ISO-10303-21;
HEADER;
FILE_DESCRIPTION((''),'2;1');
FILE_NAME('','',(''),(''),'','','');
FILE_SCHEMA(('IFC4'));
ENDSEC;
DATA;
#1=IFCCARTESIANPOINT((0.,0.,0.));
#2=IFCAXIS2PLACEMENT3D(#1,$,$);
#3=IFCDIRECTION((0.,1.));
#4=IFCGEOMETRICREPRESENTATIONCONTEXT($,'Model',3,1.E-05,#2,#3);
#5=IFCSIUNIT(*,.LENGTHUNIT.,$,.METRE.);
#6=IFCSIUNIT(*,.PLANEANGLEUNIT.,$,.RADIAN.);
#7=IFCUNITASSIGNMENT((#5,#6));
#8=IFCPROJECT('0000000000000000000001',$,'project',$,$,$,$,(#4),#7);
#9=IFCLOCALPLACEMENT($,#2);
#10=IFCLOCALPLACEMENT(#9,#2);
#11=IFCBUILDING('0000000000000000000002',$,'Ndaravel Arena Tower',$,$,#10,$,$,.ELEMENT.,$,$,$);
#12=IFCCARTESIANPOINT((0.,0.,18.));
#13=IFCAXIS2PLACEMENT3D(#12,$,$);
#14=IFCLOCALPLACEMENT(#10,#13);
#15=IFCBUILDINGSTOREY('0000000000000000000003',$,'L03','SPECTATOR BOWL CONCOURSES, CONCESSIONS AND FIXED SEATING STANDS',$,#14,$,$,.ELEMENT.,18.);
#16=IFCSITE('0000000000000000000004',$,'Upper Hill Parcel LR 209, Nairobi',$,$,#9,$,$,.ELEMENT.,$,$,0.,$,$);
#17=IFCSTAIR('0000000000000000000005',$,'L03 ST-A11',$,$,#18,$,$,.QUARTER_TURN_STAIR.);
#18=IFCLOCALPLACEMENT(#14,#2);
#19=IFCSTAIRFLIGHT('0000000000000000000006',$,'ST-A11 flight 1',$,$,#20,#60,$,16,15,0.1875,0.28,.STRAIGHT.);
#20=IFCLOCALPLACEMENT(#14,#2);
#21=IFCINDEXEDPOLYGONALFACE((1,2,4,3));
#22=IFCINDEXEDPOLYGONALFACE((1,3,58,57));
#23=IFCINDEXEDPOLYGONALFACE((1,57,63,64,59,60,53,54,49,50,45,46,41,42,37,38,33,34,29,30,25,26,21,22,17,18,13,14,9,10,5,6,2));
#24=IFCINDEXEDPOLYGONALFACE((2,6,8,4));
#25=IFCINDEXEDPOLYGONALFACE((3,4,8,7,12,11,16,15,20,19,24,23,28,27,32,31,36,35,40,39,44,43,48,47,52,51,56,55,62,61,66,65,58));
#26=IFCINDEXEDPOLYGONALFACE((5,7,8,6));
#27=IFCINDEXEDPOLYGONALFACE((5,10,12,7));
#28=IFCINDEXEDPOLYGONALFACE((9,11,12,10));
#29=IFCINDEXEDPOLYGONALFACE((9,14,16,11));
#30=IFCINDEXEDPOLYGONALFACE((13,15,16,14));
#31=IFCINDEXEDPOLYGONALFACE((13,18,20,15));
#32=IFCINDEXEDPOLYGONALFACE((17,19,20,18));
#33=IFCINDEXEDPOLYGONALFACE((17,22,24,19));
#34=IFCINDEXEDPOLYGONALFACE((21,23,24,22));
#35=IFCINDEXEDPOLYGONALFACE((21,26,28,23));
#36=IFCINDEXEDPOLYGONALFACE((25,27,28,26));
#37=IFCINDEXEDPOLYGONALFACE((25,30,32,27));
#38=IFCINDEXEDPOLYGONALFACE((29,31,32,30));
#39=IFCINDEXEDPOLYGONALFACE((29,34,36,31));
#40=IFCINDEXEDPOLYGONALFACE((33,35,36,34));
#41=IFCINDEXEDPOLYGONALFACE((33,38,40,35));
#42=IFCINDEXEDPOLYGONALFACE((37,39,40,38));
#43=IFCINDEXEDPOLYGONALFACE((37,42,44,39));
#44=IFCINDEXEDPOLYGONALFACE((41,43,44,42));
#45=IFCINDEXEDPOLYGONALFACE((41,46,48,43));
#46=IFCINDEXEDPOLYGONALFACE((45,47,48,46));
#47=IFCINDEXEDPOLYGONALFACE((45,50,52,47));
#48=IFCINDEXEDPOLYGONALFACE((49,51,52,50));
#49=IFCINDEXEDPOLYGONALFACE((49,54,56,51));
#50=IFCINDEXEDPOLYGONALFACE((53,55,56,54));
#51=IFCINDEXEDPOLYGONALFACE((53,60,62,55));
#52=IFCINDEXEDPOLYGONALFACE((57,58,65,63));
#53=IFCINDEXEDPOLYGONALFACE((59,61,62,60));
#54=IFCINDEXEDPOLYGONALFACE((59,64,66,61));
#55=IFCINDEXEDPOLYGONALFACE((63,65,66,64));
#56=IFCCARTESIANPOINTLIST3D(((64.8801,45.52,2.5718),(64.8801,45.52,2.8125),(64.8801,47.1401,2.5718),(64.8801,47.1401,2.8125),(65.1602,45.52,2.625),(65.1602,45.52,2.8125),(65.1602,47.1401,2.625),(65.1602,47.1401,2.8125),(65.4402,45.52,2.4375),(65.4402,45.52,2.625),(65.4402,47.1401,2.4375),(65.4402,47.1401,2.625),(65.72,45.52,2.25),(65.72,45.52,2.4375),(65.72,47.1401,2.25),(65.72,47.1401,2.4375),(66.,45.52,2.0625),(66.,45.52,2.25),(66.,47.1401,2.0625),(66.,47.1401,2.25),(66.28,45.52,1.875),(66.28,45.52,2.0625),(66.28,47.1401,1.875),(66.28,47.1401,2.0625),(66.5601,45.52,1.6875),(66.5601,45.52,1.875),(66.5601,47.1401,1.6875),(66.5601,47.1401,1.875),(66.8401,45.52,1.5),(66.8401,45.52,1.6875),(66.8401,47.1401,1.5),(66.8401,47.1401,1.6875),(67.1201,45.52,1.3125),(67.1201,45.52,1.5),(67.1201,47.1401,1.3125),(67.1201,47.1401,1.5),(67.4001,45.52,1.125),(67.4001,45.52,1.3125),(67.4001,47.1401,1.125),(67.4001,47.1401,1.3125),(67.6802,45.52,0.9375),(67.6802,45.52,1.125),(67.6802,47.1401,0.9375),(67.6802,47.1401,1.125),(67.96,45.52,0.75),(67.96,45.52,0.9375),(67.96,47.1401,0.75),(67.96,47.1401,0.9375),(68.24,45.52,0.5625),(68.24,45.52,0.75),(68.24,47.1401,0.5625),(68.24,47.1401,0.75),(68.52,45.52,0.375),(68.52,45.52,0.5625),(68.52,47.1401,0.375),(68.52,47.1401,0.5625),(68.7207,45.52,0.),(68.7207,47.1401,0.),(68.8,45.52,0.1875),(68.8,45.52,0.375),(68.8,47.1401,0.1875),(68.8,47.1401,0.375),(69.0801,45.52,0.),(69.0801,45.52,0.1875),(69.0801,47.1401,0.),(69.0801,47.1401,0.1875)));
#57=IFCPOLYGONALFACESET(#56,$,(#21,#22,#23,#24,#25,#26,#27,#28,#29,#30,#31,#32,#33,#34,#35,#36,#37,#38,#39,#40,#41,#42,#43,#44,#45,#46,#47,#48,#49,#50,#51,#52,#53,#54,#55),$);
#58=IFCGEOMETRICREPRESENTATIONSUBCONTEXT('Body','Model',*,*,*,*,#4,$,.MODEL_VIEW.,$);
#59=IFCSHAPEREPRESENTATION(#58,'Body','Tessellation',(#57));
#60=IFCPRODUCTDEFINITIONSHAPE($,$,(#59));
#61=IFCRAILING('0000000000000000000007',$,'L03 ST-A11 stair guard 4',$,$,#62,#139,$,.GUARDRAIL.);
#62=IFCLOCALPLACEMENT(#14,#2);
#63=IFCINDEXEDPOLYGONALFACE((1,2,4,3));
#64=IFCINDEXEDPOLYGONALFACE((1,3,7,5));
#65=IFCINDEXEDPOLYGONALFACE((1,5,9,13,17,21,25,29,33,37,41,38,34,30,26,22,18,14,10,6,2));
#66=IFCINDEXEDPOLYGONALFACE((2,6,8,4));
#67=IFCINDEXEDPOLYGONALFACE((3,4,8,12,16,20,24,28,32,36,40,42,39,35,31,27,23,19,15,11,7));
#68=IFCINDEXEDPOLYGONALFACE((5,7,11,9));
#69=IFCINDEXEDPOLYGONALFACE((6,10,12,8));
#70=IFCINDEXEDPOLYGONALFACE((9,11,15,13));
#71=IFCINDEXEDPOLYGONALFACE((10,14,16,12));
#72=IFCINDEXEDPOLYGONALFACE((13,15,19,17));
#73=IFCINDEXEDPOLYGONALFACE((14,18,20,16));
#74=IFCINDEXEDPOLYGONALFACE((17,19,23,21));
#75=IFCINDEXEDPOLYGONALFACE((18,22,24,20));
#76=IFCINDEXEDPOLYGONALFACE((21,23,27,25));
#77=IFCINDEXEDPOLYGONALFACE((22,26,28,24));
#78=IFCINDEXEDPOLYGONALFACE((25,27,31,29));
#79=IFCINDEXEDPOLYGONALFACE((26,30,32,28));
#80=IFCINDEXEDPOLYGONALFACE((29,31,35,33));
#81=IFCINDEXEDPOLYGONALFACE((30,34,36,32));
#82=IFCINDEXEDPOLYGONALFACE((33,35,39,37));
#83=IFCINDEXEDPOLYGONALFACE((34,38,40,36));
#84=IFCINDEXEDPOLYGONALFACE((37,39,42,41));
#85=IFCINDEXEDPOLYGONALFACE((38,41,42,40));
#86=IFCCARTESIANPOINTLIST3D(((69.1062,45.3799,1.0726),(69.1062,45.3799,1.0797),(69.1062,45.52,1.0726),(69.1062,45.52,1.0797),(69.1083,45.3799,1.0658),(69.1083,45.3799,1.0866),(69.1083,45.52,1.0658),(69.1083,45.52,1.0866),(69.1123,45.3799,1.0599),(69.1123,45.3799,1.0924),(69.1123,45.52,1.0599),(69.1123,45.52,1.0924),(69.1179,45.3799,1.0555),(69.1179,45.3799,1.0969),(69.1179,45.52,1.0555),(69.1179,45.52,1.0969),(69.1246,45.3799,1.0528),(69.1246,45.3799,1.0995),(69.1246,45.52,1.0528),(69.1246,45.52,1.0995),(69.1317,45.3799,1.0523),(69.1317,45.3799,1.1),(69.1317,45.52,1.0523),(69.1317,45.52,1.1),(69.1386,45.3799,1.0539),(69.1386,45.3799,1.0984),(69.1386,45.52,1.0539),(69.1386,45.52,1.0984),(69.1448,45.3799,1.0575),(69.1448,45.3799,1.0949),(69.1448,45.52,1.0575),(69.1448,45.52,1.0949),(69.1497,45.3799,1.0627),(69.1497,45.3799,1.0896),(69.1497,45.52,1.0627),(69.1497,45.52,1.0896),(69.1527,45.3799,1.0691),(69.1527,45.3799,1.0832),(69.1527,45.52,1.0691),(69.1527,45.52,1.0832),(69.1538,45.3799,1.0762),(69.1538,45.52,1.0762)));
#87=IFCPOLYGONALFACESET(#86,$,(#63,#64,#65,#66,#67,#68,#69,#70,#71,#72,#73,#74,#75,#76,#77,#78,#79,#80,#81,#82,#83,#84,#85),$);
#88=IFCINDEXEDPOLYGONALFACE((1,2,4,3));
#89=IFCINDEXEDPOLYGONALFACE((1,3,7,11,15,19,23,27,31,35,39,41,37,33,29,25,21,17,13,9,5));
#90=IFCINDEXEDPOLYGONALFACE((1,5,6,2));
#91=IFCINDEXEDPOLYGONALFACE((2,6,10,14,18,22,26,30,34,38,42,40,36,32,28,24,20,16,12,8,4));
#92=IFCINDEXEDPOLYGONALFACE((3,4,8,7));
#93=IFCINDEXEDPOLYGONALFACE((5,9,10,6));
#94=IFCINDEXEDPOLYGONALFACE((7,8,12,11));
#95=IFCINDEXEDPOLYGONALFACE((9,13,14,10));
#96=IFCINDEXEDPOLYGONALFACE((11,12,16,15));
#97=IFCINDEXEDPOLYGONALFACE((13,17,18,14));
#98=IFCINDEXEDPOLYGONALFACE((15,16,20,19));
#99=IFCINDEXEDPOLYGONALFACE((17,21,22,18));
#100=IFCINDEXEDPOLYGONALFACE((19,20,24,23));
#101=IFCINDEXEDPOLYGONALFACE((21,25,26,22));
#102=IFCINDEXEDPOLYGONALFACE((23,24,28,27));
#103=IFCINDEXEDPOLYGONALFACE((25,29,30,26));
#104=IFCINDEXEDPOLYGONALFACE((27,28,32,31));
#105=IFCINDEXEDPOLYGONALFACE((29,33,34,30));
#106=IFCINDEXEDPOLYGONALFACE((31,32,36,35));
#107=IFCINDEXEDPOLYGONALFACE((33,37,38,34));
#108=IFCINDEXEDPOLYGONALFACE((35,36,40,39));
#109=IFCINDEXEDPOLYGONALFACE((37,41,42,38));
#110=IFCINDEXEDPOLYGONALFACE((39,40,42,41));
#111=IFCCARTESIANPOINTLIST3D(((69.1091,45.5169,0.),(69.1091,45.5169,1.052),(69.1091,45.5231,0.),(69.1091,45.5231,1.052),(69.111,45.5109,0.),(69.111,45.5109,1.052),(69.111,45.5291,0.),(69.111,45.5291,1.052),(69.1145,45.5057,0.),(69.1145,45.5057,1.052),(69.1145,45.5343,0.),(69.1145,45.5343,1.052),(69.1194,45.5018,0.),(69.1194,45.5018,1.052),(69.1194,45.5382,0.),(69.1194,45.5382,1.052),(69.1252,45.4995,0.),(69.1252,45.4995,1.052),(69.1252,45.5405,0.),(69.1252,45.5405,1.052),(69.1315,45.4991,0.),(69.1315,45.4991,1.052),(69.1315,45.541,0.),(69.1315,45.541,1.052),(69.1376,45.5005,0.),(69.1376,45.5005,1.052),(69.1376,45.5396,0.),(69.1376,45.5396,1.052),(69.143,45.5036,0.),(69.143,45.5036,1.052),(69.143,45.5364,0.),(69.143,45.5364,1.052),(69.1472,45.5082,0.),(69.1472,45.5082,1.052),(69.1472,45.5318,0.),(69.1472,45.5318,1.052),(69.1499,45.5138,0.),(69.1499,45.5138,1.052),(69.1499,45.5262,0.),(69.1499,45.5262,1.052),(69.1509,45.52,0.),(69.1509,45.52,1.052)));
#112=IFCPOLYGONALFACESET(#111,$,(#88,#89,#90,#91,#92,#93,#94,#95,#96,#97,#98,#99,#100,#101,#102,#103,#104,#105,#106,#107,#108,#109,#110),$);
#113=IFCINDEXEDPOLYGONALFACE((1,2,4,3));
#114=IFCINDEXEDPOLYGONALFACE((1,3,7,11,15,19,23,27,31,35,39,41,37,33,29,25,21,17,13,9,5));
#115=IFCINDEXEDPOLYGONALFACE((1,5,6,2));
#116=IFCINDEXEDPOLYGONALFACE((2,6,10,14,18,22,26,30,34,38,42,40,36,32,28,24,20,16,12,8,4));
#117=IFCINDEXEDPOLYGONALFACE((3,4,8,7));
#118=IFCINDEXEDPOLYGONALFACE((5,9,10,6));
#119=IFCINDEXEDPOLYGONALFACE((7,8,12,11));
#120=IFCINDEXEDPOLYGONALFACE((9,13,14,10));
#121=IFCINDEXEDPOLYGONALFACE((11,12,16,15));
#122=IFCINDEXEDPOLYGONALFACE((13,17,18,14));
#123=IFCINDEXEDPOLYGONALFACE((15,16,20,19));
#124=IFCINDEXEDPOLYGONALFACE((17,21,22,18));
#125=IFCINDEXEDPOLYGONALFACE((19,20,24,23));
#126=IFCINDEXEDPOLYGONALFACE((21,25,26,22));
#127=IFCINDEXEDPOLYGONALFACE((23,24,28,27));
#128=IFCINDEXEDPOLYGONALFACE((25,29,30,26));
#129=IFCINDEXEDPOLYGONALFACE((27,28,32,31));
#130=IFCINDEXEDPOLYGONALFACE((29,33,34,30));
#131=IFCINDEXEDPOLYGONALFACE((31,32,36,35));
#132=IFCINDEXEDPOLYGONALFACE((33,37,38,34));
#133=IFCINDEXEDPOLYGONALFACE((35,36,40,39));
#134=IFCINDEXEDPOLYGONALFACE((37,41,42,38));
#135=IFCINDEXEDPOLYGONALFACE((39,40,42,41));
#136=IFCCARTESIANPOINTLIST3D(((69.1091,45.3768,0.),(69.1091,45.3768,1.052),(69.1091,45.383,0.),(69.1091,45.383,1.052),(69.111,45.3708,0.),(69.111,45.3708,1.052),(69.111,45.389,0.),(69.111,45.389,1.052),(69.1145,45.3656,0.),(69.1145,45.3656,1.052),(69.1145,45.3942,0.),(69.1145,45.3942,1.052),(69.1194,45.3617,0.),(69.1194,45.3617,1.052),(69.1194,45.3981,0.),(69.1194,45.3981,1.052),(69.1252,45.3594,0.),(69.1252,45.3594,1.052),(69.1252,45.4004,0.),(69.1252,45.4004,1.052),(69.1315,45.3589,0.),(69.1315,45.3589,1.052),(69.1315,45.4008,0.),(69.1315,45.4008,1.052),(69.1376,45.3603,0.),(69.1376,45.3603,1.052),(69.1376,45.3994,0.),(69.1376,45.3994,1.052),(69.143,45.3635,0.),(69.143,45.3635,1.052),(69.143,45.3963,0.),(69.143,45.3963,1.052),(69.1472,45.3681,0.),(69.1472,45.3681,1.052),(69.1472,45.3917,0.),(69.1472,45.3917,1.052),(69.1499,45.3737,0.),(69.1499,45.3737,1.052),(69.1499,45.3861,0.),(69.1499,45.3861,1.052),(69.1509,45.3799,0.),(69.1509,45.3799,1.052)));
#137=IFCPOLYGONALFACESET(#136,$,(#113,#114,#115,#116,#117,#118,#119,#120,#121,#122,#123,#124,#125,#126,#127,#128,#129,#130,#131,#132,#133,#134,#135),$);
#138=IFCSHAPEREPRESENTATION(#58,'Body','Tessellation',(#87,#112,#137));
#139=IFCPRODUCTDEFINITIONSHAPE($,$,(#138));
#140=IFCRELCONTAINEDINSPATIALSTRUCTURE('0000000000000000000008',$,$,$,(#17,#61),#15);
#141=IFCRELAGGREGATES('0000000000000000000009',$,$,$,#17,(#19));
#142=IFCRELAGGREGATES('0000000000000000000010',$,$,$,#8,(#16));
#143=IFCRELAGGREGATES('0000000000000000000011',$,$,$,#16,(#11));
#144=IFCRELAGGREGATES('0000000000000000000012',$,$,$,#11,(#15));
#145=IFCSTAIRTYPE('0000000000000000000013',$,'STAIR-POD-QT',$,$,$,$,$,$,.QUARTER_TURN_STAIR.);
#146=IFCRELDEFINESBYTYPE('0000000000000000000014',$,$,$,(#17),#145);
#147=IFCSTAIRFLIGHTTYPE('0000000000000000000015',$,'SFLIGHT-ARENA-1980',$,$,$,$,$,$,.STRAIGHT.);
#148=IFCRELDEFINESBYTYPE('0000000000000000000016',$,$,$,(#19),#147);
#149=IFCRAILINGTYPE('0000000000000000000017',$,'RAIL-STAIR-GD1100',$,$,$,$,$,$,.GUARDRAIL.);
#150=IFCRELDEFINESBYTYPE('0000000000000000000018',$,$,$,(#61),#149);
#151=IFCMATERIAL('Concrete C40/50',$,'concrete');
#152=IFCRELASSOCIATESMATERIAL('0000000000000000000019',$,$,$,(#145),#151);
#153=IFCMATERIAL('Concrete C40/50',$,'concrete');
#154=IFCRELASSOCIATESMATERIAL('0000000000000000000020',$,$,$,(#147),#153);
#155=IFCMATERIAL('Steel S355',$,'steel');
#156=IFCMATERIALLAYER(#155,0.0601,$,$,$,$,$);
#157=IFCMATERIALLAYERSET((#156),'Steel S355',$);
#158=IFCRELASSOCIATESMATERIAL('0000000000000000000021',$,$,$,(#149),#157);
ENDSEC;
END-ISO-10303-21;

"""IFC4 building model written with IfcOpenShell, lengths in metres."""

from ifc_helpers import new_model, si_unit, direction, frame, origin, origin_2d, place, context, subcontext, project, spatial, polyline, circle, outline, extrude, material, layer, layer_set, type_object, element, aggregate, save


model = new_model("IFC4")

# Units and contexts
model_context = context("Model", 3, precision=1e-05, world=origin(), true_north=direction((0.0, 1.0)))
body_context = subcontext(model_context, "Body", "Model", "MODEL_VIEW")
ifc_project = project(units=[si_unit("LENGTHUNIT", "METRE"), si_unit("PLANEANGLEUNIT", "RADIAN")], contexts=[model_context])

# Site, building, storey
site_placement = place(None, origin())
site = spatial("IfcSite", under=ifc_project, at=site_placement, Name="Upper Hill Parcel LR 209, Nairobi", CompositionType="ELEMENT", RefElevation=0.0)
building_placement = place(site_placement, origin())
building = spatial("IfcBuilding", under=site, at=building_placement, Name="Ndaravel Arena Tower", CompositionType="ELEMENT")
storey_placement = place(building_placement, frame((0.0, 0.0, 18.0)))
storey = spatial("IfcBuildingStorey", under=building, at=storey_placement, Name="L03", Description="SPECTATOR BOWL CONCOURSES, CONCESSIONS AND FIXED SEATING STANDS", CompositionType="ELEMENT", Elevation=18.0)

# Stair, stair flight
ifc_material_1 = material(Name="Concrete C40/50", Category="concrete")
stair_type = type_object("IfcStairType", Name="STAIR-POD-QT", PredefinedType="QUARTER_TURN_STAIR", material=ifc_material_1)
stair_placement = place(storey_placement, origin())
stair = element("IfcStair", 1, at=stair_placement, inside=storey, type_object=stair_type, Name="L03 ST-A11", PredefinedType="QUARTER_TURN_STAIR")
ifc_material_2 = material(Name="Concrete C40/50", Category="concrete")
stair_flight_type = type_object("IfcStairFlightType", Name="SFLIGHT-ARENA-1980", PredefinedType="STRAIGHT", material=ifc_material_2)
stair_flight_placement = place(storey_placement, frame((69.0801, 46.3301, 0.0), z_axis=(0.0, 0.0, 1.0), x_axis=(-1.0, 0.0, 0.0)))
stair_flight = element("IfcStairFlight", 2, at=stair_flight_placement, type_object=stair_flight_type, Name="ST-A11 flight 1", NumberOfRisers=16, NumberOfTreads=15, PredefinedType="STRAIGHT", RiserHeight=0.1875, TreadLength=0.28, context=body_context, shape_type="SweptSolid", body=[
    extrude(outline(polyline([(0.0, 0.0), (0.0, 0.1875), (0.28, 0.1875), (0.28, 0.375), (0.5601, 0.375), (0.5601, 0.5625), (0.8401, 0.5625), (0.8401, 0.75), (1.1201, 0.75), (1.1201, 0.9375), (1.3999, 0.9375), (1.3999, 1.125), (1.6799, 1.125), (1.6799, 1.3125), (1.96, 1.3125), (1.96, 1.5), (2.24, 1.5), (2.24, 1.6875), (2.52, 1.6875), (2.52, 1.875), (2.8, 1.875), (2.8, 2.0625), (3.0801, 2.0625), (3.0801, 2.25), (3.3601, 2.25), (3.3601, 2.4375), (3.6399, 2.4375), (3.6399, 2.625), (3.9199, 2.625), (3.9199, 2.8125), (4.2, 2.8125), (4.2, 3.0), (4.2, 2.5718), (0.3594, 0.0), (0.0, 0.0)])), frame((0.0, 0.8101, 0.0), z_axis=(0.0, -1.0, 0.0), x_axis=(1.0, 0.0, 0.0)), (0.0, 0.0, 1.0), 1.6201),
])
aggregate(stair, [stair_flight])

# Railing
ifc_material_3 = material(Name="Steel S355", Category="steel")
ifc_layer_1 = layer(ifc_material_3, 0.0601)
ifc_layer_set_1 = layer_set([ifc_layer_1], Name="Steel S355")
railing_type_1 = type_object("IfcRailingType", Name="RAIL-STAIR-GD1100", PredefinedType="GUARDRAIL", material=ifc_layer_set_1)
railing_1_placement = place(storey_placement, frame((69.1299, 45.52, 0.0)))
element("IfcRailing", 3, at=railing_1_placement, inside=storey, type_object=railing_type_1, Name="L03 ST-A11 stair guard 4", PredefinedType="GUARDRAIL", context=body_context, shape_type="SweptSolid", body=[
    extrude(circle(Radius=0.0239, at=origin_2d()), frame((0.0, 0.0, 1.0762), z_axis=(0.0, -1.0, 0.0), x_axis=(1.0, 0.0, 0.0)), (0.0, 0.0, 1.0), 0.1401),
    extrude(circle(Radius=0.021, at=origin_2d()), origin(), (0.0, 0.0, 1.0), 1.052),
    extrude(circle(Radius=0.021, at=origin_2d()), frame((0.0, -0.1401, 0.0)), (0.0, 0.0, 1.0), 1.052),
])

save(model, "model.ifc")
